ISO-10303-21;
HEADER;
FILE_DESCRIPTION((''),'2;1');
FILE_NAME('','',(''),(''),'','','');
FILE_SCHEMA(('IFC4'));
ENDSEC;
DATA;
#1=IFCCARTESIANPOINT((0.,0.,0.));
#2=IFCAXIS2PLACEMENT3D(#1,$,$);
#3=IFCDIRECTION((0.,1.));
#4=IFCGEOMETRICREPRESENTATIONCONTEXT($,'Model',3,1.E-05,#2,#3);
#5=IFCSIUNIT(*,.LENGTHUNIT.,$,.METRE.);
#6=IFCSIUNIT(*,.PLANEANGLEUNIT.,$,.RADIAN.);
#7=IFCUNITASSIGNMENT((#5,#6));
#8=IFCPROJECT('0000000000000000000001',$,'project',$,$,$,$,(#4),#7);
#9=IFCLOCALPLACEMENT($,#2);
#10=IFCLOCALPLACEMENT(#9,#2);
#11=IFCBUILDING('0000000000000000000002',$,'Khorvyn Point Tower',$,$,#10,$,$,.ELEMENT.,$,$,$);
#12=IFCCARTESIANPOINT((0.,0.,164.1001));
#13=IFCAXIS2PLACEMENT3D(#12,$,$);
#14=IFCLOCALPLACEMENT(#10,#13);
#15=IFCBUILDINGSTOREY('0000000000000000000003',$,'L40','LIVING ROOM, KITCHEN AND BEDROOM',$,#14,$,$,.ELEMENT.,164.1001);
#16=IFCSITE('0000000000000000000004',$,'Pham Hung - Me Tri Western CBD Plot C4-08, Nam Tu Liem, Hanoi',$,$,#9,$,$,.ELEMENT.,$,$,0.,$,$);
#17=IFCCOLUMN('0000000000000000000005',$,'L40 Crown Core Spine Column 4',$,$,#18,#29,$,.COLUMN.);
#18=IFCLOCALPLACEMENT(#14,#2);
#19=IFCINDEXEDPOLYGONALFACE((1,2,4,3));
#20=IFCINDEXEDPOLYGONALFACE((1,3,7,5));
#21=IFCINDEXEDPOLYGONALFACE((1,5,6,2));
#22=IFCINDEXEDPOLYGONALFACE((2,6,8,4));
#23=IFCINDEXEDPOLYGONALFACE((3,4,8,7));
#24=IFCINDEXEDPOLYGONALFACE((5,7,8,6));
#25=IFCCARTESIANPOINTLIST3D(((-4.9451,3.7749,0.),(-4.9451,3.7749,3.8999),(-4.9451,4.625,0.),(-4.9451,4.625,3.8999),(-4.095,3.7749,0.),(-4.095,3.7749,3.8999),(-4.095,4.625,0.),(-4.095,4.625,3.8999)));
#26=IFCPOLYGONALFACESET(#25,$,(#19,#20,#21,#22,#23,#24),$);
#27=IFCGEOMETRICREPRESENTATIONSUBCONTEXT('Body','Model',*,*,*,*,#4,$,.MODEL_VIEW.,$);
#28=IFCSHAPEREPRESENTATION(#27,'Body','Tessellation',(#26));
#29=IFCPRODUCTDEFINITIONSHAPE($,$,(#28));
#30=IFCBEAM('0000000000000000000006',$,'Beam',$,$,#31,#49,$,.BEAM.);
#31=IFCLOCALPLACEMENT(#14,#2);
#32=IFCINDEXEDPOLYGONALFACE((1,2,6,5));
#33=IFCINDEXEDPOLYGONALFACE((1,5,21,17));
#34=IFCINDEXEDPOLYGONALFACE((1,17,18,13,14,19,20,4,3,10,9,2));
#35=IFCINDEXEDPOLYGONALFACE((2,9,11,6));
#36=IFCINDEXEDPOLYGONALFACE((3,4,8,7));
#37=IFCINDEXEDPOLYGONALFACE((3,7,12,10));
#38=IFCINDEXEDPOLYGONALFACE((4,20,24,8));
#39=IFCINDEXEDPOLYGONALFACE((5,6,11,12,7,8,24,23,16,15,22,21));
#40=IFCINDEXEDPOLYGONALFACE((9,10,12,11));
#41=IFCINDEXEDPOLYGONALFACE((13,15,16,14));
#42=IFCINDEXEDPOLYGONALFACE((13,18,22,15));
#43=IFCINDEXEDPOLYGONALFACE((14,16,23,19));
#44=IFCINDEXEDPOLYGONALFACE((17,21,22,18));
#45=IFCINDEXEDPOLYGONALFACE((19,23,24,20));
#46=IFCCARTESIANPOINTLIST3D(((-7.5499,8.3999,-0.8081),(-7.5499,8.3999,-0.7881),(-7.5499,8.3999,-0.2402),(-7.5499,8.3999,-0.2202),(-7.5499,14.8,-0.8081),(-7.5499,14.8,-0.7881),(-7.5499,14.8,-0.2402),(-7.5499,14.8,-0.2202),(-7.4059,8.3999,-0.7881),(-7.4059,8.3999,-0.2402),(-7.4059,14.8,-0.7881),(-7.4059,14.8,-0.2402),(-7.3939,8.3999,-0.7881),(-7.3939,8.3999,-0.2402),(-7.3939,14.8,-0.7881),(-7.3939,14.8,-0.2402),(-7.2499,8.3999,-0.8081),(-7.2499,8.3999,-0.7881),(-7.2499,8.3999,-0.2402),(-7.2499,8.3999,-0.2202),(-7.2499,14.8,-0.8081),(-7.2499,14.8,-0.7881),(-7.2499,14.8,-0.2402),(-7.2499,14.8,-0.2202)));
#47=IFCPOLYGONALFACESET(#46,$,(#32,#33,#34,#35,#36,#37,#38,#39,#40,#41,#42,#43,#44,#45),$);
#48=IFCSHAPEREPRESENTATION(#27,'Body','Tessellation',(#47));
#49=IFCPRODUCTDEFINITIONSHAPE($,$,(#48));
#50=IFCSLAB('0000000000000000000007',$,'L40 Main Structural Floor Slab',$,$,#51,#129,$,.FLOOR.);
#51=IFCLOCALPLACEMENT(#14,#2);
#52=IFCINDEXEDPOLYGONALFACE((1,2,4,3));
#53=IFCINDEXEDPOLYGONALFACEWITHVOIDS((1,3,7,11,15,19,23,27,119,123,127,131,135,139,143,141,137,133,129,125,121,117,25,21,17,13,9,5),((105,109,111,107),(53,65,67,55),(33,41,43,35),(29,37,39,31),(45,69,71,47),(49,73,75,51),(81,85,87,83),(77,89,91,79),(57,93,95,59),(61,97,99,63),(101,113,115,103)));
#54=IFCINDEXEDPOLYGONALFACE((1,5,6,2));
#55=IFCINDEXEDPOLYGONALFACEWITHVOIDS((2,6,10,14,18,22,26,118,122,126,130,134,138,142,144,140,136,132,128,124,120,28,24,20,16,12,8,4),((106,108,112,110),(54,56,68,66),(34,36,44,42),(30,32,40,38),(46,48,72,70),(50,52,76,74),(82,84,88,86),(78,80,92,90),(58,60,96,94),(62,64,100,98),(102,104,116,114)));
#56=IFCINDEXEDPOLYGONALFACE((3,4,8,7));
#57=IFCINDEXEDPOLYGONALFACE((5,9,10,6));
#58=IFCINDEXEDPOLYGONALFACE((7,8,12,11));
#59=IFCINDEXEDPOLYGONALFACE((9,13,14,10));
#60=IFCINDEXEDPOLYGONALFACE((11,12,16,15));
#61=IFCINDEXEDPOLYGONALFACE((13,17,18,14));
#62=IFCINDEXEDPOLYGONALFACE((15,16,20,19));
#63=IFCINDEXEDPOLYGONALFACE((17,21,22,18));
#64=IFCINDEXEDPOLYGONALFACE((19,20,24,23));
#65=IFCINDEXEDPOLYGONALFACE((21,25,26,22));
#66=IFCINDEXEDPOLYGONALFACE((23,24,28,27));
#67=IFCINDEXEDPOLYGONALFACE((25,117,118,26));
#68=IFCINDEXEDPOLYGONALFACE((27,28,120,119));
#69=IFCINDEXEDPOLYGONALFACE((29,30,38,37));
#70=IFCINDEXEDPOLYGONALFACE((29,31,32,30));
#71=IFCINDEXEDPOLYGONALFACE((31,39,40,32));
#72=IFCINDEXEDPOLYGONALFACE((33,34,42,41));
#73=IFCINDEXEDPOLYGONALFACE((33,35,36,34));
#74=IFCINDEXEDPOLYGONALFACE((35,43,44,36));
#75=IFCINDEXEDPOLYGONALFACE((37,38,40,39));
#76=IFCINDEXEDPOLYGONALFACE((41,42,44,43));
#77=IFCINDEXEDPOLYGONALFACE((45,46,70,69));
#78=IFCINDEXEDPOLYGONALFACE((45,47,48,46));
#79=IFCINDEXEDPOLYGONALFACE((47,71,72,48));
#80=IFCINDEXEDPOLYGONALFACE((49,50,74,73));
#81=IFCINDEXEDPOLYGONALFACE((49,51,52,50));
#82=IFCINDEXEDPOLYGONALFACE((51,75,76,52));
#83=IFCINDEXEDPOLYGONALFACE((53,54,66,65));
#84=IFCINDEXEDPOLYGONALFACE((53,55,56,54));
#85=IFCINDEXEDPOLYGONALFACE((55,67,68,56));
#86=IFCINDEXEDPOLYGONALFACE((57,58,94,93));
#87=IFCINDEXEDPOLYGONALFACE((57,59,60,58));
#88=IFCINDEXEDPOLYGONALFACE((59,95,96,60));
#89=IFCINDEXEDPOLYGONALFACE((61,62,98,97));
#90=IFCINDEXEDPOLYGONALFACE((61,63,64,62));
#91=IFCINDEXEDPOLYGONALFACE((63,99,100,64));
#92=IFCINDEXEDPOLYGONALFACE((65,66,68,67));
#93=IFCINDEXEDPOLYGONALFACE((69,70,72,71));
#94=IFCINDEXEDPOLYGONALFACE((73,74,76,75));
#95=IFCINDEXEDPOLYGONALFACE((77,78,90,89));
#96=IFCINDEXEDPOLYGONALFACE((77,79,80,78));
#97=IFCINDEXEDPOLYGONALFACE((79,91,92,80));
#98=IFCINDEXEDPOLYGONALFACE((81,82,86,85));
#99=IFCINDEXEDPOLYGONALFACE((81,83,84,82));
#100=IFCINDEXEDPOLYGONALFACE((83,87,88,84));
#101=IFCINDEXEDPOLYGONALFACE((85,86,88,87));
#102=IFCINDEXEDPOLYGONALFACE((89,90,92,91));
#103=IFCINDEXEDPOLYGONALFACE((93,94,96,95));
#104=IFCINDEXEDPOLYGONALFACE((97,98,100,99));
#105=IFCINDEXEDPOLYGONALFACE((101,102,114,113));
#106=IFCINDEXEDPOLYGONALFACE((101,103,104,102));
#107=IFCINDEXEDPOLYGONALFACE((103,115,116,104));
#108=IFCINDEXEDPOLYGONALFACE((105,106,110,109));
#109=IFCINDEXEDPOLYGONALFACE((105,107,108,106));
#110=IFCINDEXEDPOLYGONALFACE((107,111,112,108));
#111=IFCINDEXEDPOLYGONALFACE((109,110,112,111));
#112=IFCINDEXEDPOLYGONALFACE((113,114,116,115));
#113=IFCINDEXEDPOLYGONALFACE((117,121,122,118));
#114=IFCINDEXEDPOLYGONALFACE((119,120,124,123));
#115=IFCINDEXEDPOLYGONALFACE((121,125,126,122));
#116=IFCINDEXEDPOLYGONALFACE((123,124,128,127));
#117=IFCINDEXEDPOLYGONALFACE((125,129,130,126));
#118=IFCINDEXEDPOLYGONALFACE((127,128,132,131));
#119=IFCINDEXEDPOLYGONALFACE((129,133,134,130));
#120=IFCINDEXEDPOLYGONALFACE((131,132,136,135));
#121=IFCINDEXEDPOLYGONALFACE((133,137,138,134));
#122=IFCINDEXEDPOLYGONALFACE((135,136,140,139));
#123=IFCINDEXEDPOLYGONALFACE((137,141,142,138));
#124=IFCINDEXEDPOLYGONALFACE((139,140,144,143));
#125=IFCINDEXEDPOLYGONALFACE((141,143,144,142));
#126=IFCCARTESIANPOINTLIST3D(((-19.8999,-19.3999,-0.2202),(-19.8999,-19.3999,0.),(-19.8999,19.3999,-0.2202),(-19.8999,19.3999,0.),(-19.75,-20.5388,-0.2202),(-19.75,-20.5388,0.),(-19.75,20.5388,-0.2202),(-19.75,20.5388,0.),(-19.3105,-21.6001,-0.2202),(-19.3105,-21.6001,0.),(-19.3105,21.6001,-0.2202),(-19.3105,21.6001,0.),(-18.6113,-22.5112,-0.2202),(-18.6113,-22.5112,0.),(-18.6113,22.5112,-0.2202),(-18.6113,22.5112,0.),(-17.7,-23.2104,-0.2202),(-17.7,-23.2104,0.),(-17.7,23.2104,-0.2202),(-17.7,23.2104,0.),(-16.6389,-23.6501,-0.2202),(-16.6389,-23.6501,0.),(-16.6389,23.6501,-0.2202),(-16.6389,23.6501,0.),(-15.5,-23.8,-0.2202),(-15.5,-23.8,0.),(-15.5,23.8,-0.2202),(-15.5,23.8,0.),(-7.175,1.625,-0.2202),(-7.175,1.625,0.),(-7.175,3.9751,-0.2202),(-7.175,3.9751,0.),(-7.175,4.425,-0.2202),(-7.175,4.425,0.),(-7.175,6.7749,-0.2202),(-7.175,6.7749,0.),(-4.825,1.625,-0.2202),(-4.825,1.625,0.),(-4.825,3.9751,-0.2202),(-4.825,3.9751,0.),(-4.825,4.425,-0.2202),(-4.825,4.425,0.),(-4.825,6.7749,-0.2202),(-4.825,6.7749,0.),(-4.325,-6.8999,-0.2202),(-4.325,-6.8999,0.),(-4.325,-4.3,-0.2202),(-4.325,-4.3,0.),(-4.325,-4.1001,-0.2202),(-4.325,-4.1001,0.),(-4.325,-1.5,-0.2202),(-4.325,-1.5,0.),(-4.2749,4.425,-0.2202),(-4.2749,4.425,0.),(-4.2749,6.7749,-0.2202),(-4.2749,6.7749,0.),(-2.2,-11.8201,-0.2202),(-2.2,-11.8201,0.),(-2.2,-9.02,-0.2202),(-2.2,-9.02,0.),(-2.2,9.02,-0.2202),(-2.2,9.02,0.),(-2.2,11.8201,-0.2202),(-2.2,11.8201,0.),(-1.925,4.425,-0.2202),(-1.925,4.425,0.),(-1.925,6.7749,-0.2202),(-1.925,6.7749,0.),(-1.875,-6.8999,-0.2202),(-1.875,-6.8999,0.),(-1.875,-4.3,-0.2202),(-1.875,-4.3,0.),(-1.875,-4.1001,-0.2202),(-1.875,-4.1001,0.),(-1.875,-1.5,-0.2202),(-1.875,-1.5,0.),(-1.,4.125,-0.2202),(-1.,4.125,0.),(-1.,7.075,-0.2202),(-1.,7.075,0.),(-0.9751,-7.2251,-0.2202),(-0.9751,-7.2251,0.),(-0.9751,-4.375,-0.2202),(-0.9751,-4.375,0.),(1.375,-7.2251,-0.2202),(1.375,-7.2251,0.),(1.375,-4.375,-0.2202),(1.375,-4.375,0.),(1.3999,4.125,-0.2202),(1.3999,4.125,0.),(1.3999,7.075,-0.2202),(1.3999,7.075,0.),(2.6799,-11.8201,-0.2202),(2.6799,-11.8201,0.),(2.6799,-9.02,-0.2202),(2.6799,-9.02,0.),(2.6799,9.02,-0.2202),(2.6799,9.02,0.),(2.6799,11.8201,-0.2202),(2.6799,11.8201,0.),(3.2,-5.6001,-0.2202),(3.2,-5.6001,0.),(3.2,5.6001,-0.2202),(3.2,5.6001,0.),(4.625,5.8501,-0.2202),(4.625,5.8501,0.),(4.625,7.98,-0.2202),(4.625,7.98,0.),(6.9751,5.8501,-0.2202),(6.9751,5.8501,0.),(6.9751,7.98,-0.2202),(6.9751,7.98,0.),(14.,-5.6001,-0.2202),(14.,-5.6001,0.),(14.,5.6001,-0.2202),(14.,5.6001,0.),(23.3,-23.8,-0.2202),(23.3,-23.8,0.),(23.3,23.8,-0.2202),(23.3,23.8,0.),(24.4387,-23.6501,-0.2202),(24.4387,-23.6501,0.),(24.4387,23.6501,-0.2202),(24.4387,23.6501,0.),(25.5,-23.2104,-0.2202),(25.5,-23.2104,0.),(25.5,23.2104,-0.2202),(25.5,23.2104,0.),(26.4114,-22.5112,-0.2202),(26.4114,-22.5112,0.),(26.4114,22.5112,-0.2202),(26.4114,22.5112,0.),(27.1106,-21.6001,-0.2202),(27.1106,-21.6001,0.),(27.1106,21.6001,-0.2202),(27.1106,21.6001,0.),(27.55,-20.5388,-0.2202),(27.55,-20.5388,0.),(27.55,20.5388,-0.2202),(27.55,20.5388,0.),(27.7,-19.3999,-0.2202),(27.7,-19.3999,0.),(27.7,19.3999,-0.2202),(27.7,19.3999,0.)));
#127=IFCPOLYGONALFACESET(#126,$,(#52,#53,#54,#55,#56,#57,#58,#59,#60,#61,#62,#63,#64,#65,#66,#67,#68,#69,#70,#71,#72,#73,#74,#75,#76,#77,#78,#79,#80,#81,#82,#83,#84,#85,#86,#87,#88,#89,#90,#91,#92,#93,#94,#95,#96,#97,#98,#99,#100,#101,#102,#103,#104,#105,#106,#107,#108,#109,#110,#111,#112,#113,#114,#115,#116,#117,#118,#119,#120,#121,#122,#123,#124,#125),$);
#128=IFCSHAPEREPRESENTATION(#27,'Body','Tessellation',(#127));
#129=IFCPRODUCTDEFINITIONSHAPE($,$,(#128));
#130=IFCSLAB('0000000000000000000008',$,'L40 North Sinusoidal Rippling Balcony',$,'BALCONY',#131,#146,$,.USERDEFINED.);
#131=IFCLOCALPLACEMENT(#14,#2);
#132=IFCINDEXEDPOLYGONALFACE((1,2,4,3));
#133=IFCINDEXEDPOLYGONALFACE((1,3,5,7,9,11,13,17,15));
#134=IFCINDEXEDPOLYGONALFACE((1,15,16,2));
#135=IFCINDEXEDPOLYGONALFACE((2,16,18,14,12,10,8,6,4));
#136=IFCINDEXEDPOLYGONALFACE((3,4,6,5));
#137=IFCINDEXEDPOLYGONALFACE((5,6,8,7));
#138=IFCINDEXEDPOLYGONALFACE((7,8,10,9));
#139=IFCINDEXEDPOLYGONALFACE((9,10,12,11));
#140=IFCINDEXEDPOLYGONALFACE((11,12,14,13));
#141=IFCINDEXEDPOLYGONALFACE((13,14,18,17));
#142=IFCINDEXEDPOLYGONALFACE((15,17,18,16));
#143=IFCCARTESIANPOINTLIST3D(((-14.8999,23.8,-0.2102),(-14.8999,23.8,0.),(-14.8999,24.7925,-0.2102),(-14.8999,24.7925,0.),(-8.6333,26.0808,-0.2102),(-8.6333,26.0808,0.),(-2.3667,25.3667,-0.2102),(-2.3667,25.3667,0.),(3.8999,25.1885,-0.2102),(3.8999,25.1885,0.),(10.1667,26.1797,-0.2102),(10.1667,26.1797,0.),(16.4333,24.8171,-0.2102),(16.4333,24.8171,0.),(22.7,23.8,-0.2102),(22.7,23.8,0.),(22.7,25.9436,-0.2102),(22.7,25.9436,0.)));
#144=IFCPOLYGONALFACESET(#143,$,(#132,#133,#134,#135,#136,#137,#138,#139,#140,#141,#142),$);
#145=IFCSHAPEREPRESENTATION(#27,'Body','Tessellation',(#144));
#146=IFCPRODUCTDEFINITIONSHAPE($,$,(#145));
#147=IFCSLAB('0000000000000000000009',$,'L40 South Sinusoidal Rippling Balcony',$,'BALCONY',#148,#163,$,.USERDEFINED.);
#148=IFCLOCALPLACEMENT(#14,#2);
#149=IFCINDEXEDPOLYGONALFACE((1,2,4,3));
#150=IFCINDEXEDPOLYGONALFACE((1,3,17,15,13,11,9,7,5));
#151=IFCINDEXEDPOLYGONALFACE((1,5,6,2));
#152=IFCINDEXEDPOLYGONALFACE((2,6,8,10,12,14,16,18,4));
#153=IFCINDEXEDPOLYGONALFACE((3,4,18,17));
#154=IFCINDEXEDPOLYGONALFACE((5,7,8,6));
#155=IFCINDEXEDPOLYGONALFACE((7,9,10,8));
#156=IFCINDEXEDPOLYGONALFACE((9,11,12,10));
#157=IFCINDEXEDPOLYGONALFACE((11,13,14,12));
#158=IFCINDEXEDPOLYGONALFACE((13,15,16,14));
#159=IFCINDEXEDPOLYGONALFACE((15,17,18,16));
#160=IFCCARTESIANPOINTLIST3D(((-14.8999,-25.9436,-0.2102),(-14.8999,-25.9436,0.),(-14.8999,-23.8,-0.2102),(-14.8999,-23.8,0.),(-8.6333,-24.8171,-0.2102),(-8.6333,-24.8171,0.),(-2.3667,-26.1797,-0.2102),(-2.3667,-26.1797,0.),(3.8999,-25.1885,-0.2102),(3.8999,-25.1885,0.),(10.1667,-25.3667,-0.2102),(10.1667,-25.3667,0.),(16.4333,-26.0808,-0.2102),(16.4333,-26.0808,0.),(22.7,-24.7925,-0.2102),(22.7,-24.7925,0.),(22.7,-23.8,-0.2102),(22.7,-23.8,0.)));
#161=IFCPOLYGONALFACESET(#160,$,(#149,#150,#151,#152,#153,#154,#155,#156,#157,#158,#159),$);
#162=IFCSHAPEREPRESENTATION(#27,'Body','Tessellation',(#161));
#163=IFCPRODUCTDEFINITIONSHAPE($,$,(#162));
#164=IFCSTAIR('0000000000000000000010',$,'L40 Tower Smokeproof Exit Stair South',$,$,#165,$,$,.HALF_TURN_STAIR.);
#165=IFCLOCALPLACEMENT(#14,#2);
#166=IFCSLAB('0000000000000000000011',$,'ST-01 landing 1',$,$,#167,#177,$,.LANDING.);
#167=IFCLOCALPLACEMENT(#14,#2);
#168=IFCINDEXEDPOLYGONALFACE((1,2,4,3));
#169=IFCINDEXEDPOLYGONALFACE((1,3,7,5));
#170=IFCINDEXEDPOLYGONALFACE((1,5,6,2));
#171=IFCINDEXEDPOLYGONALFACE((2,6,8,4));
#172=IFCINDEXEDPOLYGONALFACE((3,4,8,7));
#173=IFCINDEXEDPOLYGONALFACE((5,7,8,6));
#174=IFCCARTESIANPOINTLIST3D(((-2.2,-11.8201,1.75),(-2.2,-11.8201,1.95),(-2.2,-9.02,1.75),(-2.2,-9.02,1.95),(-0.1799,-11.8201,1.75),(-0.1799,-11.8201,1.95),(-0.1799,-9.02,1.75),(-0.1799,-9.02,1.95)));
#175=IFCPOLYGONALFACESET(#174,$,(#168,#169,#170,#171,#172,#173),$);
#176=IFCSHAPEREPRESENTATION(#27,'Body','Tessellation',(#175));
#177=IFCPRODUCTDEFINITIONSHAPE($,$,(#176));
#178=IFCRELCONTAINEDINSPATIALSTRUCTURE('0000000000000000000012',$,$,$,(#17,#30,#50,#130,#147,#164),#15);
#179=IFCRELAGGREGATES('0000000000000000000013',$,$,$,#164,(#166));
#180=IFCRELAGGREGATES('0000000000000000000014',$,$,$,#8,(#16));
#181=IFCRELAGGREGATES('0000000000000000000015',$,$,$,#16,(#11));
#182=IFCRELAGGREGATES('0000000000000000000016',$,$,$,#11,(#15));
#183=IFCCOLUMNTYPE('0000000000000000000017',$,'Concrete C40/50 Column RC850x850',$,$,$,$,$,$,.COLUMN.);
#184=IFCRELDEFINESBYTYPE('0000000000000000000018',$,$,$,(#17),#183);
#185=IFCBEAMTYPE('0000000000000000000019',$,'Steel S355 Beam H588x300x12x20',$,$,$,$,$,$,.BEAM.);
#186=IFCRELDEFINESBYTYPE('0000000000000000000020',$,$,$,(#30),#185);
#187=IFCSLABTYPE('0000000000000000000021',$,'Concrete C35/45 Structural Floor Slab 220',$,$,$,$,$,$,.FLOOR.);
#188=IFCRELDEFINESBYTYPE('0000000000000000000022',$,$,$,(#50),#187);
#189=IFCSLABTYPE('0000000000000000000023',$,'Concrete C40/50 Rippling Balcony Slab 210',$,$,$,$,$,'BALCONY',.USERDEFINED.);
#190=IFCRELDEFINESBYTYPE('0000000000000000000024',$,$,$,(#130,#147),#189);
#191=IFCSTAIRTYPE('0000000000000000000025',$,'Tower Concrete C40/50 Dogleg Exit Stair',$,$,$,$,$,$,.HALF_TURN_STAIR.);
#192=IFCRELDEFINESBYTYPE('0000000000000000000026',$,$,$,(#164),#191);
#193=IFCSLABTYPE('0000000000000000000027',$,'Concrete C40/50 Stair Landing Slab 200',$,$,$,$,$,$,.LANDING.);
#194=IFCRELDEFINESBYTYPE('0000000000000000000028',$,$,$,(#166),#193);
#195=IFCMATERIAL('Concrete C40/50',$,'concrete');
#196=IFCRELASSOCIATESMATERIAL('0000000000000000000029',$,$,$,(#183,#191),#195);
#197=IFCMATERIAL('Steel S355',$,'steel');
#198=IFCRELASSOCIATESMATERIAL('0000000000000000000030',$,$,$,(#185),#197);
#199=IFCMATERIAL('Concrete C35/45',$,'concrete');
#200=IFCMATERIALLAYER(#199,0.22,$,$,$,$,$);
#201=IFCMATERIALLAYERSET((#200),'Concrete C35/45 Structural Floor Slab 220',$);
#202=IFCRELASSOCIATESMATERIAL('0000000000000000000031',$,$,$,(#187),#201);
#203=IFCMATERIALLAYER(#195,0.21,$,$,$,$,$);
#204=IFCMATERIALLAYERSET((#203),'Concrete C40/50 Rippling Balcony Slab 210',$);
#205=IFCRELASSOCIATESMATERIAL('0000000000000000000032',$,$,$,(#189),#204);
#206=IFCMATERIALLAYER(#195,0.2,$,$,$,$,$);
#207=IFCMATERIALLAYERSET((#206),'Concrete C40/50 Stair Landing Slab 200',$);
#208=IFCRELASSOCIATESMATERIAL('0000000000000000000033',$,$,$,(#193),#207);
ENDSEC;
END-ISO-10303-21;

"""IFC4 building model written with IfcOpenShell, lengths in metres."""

from ifc_helpers import new_model, si_unit, direction, frame, origin, origin_2d, place, context, subcontext, project, spatial, polyline, rectangle, i_section, outline, extrude, material, layer, layer_set, material_profile, profile_set, type_object, element, aggregate, save


model = new_model("IFC4")

# Units and contexts
model_context = context("Model", 3, precision=1e-05, world=origin(), true_north=direction((0.0, 1.0)))
body_context = subcontext(model_context, "Body", "Model", "MODEL_VIEW")
ifc_project = project(units=[si_unit("LENGTHUNIT", "METRE"), si_unit("PLANEANGLEUNIT", "RADIAN")], contexts=[model_context])

# Site, building, storey
site_placement = place(None, origin())
site = spatial("IfcSite", under=ifc_project, at=site_placement, Name="Pham Hung - Me Tri Western CBD Plot C4-08, Nam Tu Liem, Hanoi", CompositionType="ELEMENT", RefElevation=0.0)
building_placement = place(site_placement, origin())
building = spatial("IfcBuilding", under=site, at=building_placement, Name="Khorvyn Point Tower", CompositionType="ELEMENT")
storey_placement = place(building_placement, frame((0.0, 0.0, 164.1001)))
storey = spatial("IfcBuildingStorey", under=building, at=storey_placement, Name="L40", Description="LIVING ROOM, KITCHEN AND BEDROOM", CompositionType="ELEMENT", Elevation=164.1001)

# Column
ifc_material_1 = material(Name="Concrete C40/50", Category="concrete")
ifc_material_profile_1 = material_profile(ifc_material_1, rectangle(XDim=0.8501, YDim=0.8501, at=origin_2d()))
ifc_profile_set_1 = profile_set([ifc_material_profile_1], Name="Concrete C40/50 RC850x850")
column_type = type_object("IfcColumnType", Name="Concrete C40/50 Column RC850x850", PredefinedType="COLUMN", material=ifc_profile_set_1)
column_placement = place(storey_placement, frame((-4.52, 4.2, 0.0), z_axis=(0.0, 0.0, 1.0), x_axis=(1.0, 0.0, 0.0)))
element("IfcColumn", 1, at=column_placement, inside=storey, type_object=column_type, Name="L40 Crown Core Spine Column 4", PredefinedType="COLUMN", context=body_context, shape_type="SweptSolid", body=[
    extrude(rectangle(XDim=0.8501, YDim=0.8501, at=origin_2d()), origin(), (0.0, 0.0, 1.0), 3.8999),
])

# Beam
ifc_material_2 = material(Name="Steel S355", Category="steel")
ifc_material_profile_2 = material_profile(ifc_material_2, i_section(OverallWidth=0.3, OverallDepth=0.5879, WebThickness=0.012, FlangeThickness=0.02, at=origin_2d()))
ifc_profile_set_2 = profile_set([ifc_material_profile_2], Name="Steel S355 H588x300x12x20")
beam_type = type_object("IfcBeamType", Name="Steel S355 Beam H588x300x12x20", PredefinedType="BEAM", material=ifc_profile_set_2)
beam_placement = place(storey_placement, frame((-7.3999, 8.3999, -0.5142), z_axis=(0.0, 1.0, 0.0), x_axis=(-1.0, 0.0, 0.0)))
element("IfcBeam", 2, at=beam_placement, inside=storey, type_object=beam_type, Name="Beam", PredefinedType="BEAM", context=body_context, shape_type="SweptSolid", body=[
    extrude(i_section(OverallWidth=0.3, OverallDepth=0.5879, WebThickness=0.012, FlangeThickness=0.02, at=origin_2d()), origin(), (0.0, 0.0, 1.0), 6.4001),
])

# Slabs
ifc_material_3 = material(Name="Concrete C35/45", Category="concrete")
ifc_layer_1 = layer(ifc_material_3, 0.22)
ifc_layer_set_1 = layer_set([ifc_layer_1], Name="Concrete C35/45 Structural Floor Slab 220")
slab_type_1 = type_object("IfcSlabType", Name="Concrete C35/45 Structural Floor Slab 220", PredefinedType="FLOOR", material=ifc_layer_set_1)
slab_1_placement = place(storey_placement, frame((0.0, 0.0, -0.2202)))
element("IfcSlab", 3, at=slab_1_placement, inside=storey, type_object=slab_type_1, Name="L40 Main Structural Floor Slab", PredefinedType="FLOOR", context=body_context, shape_type="SweptSolid", body=[
    extrude(outline(polyline([(-15.5, -23.8), (-16.6389, -23.6501), (-17.7, -23.2104), (-18.6113, -22.5112), (-19.3105, -21.6001), (-19.75, -20.5388), (-19.8999, -19.3999), (-19.8999, 19.3999), (-19.75, 20.5388), (-19.3105, 21.6001), (-18.6113, 22.5112), (-17.7, 23.2104), (-16.6389, 23.6501), (-15.5, 23.8), (23.3, 23.8), (24.4387, 23.6501), (25.5, 23.2104), (26.4114, 22.5112), (27.1106, 21.6001), (27.55, 20.5388), (27.7, 19.3999), (27.7, -19.3999), (27.55, -20.5388), (27.1106, -21.6001), (26.4114, -22.5112), (25.5, -23.2104), (24.4387, -23.6501), (23.3, -23.8), (-15.5, -23.8)]), holes=[polyline([(-1.875, -6.8999), (-1.875, -4.3), (-4.325, -4.3), (-4.325, -6.8999), (-1.875, -6.8999)]), polyline([(-1.875, -4.1001), (-1.875, -1.5), (-4.325, -1.5), (-4.325, -4.1001), (-1.875, -4.1001)]), polyline([(-4.825, 1.625), (-4.825, 3.9751), (-7.175, 3.9751), (-7.175, 1.625), (-4.825, 1.625)]), polyline([(-7.175, 4.425), (-4.825, 4.425), (-4.825, 6.7749), (-7.175, 6.7749), (-7.175, 4.425)]), polyline([(-4.2749, 4.425), (-1.925, 4.425), (-1.925, 6.7749), (-4.2749, 6.7749), (-4.2749, 4.425)]), polyline([(1.3999, 4.125), (1.3999, 7.075), (-1.0, 7.075), (-1.0, 4.125), (1.3999, 4.125)]), polyline([(-2.2, -11.8201), (2.6799, -11.8201), (2.6799, -9.02), (-2.2, -9.02), (-2.2, -11.8201)]), polyline([(-0.9751, -7.2251), (1.375, -7.2251), (1.375, -4.375), (-0.9751, -4.375), (-0.9751, -7.2251)]), polyline([(14.0, -5.6001), (14.0, 5.6001), (3.2, 5.6001), (3.2, -5.6001), (14.0, -5.6001)]), polyline([(4.625, 5.8501), (6.9751, 5.8501), (6.9751, 7.98), (4.625, 7.98), (4.625, 5.8501)]), polyline([(-2.2, 9.02), (2.6799, 9.02), (2.6799, 11.8201), (-2.2, 11.8201), (-2.2, 9.02)])]), origin(), (0.0, 0.0, 1.0), 0.2202),
])
ifc_layer_2 = layer(ifc_material_1, 0.21)
ifc_layer_set_2 = layer_set([ifc_layer_2], Name="Concrete C40/50 Rippling Balcony Slab 210")
slab_type_2 = type_object("IfcSlabType", Name="Concrete C40/50 Rippling Balcony Slab 210", ElementType="BALCONY", PredefinedType="USERDEFINED", material=ifc_layer_set_2)
slab_2_placement = place(storey_placement, frame((0.0, 0.0, -0.2102)))
element("IfcSlab", 4, at=slab_2_placement, inside=storey, type_object=slab_type_2, Name="L40 North Sinusoidal Rippling Balcony", ObjectType="BALCONY", PredefinedType="USERDEFINED", context=body_context, shape_type="SweptSolid", body=[
    extrude(outline(polyline([(22.7, 23.8), (22.7, 25.9436), (16.4333, 24.8171), (10.1667, 26.1797), (3.8999, 25.1885), (-2.3667, 25.3667), (-8.6333, 26.0808), (-14.8999, 24.7925), (-14.8999, 23.8), (22.7, 23.8)])), origin(), (0.0, 0.0, 1.0), 0.2102),
])
slab_3_placement = place(storey_placement, frame((0.0, 0.0, -0.2102)))
element("IfcSlab", 5, at=slab_3_placement, inside=storey, type_object=slab_type_2, Name="L40 South Sinusoidal Rippling Balcony", ObjectType="BALCONY", PredefinedType="USERDEFINED", context=body_context, shape_type="SweptSolid", body=[
    extrude(outline(polyline([(-14.8999, -23.8), (-14.8999, -25.9436), (-8.6333, -24.8171), (-2.3667, -26.1797), (3.8999, -25.1885), (10.1667, -25.3667), (16.4333, -26.0808), (22.7, -24.7925), (22.7, -23.8), (-14.8999, -23.8)])), origin(), (0.0, 0.0, 1.0), 0.2102),
])

# Stair, slab
stair_type = type_object("IfcStairType", Name="Tower Concrete C40/50 Dogleg Exit Stair", PredefinedType="HALF_TURN_STAIR", material=ifc_material_1)
stair_1_placement = place(storey_placement, origin())
stair_1 = element("IfcStair", 6, at=stair_1_placement, inside=storey, type_object=stair_type, Name="L40 Tower Smokeproof Exit Stair South", PredefinedType="HALF_TURN_STAIR")
ifc_layer_3 = layer(ifc_material_1, 0.2)
ifc_layer_set_3 = layer_set([ifc_layer_3], Name="Concrete C40/50 Stair Landing Slab 200")
slab_type_3 = type_object("IfcSlabType", Name="Concrete C40/50 Stair Landing Slab 200", PredefinedType="LANDING", material=ifc_layer_set_3)
slab_4_placement = place(storey_placement, frame((0.0, 0.0, 1.75)))
slab_4 = element("IfcSlab", 7, at=slab_4_placement, type_object=slab_type_3, Name="ST-01 landing 1", PredefinedType="LANDING", context=body_context, shape_type="SweptSolid", body=[
    extrude(outline(polyline([(-0.1799, -9.02), (-2.2, -9.02), (-2.2, -11.8201), (-0.1799, -11.8201), (-0.1799, -9.02)])), origin(), (0.0, 0.0, 1.0), 0.2),
])
aggregate(stair_1, [slab_4])

save(model, "model.ifc")
